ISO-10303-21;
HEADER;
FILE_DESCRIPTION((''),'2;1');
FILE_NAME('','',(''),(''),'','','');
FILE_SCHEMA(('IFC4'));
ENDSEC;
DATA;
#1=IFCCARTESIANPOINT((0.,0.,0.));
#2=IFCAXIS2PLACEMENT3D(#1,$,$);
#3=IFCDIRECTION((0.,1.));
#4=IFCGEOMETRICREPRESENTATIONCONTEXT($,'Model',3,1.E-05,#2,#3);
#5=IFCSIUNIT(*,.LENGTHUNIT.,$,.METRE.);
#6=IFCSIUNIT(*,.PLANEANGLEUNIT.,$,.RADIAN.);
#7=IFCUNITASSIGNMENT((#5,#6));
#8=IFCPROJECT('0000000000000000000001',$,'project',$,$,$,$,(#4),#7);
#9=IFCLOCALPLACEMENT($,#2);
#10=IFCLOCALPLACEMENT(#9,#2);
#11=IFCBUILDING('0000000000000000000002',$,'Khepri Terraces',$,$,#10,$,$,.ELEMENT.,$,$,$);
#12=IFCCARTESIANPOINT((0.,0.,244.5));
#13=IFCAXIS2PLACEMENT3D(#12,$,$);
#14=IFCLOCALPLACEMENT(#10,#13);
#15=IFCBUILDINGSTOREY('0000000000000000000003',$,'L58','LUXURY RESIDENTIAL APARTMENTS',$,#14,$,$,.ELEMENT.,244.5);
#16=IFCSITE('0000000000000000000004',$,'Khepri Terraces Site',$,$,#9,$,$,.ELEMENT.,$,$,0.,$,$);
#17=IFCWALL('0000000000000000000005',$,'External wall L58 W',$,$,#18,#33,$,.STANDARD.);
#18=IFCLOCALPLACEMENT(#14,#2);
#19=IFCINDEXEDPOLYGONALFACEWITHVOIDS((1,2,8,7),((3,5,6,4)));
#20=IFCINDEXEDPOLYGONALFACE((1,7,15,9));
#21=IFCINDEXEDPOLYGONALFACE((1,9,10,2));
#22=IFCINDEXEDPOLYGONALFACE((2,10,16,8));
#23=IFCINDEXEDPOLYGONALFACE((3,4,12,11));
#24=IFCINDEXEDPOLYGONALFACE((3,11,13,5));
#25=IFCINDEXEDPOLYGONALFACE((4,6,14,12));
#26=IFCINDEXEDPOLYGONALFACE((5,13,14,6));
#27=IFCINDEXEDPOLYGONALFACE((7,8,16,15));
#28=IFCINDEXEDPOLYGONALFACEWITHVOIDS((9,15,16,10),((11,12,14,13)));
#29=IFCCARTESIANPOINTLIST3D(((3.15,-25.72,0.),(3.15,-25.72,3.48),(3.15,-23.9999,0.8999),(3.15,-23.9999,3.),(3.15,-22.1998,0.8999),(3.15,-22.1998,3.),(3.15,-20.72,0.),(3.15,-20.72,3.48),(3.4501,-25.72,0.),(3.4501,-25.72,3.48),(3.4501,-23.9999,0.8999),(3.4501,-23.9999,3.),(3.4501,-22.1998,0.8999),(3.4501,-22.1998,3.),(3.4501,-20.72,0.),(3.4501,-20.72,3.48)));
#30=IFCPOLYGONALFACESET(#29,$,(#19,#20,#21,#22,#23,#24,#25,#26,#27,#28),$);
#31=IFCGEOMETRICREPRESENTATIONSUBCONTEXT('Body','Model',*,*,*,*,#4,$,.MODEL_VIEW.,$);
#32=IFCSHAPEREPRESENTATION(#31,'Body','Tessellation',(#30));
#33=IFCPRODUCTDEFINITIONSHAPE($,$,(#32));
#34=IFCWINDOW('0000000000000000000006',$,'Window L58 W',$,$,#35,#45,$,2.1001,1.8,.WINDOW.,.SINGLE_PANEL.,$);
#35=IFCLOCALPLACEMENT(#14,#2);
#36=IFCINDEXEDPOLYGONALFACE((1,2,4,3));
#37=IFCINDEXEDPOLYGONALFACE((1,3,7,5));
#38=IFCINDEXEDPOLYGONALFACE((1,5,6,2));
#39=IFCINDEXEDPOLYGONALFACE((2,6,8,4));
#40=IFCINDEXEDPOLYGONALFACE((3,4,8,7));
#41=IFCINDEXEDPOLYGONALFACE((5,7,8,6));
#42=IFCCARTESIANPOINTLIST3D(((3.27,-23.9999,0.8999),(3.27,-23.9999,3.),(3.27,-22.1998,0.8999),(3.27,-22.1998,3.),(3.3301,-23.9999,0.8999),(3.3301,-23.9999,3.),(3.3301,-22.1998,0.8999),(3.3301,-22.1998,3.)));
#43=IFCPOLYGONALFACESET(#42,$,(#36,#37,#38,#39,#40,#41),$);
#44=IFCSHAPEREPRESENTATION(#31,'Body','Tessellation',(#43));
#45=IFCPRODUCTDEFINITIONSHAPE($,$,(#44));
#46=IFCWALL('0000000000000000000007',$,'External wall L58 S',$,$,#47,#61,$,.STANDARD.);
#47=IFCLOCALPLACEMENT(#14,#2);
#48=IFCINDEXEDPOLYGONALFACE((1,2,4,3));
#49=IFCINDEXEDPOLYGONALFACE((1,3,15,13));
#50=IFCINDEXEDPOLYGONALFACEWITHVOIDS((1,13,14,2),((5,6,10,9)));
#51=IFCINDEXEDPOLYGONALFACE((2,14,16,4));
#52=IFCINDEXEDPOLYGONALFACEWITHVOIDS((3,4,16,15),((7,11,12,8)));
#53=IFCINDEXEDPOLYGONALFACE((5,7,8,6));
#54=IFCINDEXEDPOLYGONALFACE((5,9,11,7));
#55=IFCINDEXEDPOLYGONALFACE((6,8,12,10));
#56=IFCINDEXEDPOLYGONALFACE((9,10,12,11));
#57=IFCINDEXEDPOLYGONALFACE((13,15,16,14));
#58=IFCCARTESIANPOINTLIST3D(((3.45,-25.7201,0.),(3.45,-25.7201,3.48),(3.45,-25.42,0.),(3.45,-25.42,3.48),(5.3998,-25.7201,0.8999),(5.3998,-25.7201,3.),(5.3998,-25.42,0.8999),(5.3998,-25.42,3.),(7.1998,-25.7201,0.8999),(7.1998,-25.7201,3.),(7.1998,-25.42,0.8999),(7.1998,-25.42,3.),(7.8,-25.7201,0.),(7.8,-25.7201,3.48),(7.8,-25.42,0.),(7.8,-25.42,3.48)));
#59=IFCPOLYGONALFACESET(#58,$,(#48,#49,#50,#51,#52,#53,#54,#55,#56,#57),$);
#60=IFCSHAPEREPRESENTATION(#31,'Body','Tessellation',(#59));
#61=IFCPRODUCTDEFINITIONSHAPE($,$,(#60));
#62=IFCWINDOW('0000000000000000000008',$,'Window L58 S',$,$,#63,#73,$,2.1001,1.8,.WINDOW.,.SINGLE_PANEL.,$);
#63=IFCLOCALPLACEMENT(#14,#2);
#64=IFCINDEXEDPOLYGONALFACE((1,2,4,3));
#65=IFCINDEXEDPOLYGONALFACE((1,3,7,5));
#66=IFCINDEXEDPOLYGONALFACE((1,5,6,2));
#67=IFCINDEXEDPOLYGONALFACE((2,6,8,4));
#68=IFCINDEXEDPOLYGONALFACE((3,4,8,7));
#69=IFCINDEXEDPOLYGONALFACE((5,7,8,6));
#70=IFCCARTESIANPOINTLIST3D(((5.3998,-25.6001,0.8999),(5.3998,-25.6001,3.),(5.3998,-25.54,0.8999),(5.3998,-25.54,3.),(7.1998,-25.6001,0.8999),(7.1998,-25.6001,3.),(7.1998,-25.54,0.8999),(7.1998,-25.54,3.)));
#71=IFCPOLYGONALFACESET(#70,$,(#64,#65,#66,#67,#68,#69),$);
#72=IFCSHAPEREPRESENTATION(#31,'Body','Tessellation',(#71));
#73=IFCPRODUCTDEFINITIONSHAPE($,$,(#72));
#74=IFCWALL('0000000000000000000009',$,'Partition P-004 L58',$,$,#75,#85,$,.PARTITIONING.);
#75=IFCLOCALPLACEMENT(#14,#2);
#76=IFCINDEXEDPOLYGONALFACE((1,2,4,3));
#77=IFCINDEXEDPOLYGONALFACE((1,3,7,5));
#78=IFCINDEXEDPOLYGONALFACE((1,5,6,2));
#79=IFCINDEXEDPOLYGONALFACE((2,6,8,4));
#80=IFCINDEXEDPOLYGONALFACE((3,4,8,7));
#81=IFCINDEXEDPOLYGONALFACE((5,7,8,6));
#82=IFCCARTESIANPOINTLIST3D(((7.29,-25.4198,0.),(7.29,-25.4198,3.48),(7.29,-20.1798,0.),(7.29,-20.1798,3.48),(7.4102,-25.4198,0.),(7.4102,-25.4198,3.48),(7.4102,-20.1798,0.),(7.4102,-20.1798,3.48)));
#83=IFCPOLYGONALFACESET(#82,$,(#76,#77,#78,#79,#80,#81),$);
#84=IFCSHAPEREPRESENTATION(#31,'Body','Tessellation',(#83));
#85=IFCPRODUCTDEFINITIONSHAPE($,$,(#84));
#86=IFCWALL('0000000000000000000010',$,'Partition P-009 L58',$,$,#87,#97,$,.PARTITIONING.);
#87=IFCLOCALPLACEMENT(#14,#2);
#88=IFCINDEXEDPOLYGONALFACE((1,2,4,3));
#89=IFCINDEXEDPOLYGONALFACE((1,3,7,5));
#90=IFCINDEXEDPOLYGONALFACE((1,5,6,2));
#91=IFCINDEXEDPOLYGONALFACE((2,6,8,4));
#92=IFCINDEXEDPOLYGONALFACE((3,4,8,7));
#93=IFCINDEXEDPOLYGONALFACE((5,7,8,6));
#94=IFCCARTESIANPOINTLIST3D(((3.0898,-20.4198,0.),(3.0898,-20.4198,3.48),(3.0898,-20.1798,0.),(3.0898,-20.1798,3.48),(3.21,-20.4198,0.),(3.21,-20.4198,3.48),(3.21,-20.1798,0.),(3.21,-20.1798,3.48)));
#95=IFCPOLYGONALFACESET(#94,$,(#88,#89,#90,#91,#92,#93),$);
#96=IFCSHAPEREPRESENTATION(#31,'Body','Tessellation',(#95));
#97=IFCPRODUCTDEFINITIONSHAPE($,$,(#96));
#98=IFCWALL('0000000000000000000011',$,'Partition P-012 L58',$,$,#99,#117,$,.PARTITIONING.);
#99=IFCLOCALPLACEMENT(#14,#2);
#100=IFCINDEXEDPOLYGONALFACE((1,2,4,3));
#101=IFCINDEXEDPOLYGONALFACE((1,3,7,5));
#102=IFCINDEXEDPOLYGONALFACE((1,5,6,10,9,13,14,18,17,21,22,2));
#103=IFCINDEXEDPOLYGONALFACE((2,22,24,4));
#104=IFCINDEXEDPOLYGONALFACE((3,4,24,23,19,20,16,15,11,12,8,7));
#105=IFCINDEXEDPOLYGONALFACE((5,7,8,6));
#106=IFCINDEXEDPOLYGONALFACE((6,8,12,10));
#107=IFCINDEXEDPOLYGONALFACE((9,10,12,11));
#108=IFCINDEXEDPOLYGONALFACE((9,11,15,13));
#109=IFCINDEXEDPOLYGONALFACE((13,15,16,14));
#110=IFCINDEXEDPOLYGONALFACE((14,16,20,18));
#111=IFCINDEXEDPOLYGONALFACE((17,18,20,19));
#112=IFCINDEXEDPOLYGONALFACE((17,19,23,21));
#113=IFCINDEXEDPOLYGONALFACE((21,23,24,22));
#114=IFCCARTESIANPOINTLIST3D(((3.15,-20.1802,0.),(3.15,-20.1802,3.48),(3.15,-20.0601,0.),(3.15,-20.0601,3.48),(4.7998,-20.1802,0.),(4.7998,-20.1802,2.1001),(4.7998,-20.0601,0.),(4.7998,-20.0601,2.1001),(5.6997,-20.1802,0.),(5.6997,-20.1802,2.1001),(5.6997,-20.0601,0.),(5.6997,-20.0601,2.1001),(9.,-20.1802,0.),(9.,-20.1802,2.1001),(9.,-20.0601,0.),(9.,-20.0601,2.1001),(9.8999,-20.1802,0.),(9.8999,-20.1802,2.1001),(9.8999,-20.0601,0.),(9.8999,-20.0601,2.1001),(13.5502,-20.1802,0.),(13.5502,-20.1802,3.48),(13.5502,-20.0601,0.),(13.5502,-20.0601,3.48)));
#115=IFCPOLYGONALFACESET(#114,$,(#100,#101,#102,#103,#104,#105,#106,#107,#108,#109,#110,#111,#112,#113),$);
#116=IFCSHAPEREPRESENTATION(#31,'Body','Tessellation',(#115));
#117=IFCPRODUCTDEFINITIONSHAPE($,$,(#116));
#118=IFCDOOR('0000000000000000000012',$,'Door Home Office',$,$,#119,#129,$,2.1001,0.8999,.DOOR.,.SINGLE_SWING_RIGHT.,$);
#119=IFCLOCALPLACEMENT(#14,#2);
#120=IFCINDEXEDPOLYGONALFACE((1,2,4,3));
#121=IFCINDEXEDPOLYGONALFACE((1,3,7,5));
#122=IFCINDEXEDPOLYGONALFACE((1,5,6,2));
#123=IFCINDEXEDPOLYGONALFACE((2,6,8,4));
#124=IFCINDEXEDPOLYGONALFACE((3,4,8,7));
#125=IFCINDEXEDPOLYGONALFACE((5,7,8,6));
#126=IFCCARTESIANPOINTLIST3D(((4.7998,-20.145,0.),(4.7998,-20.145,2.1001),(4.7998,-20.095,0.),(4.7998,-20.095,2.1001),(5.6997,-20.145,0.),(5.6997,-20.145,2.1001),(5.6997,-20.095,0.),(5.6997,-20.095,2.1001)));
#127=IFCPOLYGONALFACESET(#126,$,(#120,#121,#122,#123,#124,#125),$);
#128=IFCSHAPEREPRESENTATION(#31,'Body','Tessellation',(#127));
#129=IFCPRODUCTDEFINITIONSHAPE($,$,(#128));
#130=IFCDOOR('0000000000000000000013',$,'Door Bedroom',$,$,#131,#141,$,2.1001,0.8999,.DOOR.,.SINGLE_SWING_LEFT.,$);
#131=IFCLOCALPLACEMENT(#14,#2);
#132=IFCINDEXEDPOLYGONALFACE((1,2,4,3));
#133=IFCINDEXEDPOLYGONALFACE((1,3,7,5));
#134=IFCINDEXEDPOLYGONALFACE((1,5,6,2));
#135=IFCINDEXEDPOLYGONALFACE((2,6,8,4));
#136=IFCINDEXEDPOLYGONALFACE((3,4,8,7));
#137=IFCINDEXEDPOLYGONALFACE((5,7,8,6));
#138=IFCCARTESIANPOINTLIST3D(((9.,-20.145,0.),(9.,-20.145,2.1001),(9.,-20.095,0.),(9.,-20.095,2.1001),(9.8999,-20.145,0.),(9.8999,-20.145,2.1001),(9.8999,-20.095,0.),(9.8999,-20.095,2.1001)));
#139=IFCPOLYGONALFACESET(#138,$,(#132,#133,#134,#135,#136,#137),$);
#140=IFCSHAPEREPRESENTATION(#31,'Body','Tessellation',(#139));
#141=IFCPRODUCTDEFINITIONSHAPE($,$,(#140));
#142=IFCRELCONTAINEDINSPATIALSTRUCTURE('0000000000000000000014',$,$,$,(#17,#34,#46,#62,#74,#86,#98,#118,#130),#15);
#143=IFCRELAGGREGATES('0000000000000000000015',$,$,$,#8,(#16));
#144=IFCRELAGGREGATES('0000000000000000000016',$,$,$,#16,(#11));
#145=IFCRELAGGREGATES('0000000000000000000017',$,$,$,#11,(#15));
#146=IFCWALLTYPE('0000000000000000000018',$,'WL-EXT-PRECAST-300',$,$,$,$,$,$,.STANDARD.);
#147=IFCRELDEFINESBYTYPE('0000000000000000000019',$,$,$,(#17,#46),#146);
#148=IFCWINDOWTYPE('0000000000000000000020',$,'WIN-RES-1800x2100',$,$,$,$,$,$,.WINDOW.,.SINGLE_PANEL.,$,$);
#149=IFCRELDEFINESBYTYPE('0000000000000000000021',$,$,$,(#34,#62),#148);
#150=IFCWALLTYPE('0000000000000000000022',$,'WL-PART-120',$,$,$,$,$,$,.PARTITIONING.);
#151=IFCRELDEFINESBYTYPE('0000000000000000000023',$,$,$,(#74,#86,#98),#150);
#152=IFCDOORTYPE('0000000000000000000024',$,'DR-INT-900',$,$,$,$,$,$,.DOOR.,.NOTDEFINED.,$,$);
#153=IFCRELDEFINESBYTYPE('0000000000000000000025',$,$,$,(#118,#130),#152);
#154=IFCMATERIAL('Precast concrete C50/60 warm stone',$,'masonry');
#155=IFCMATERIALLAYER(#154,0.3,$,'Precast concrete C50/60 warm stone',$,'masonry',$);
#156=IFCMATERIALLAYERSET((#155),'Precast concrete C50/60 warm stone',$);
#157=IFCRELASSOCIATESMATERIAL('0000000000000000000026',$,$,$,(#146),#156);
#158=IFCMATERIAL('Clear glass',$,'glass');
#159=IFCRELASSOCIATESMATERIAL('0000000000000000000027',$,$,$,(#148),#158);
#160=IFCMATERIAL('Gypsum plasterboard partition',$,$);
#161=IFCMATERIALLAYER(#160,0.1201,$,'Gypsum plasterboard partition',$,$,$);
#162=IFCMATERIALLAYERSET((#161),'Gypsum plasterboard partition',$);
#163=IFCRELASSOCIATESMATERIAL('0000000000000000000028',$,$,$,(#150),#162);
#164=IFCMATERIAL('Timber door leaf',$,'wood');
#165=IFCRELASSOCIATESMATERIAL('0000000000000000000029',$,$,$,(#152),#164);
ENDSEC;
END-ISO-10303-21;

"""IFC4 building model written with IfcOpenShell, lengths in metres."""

from ifc_helpers import new_model, si_unit, direction, frame, frame_2d, origin, place, context, subcontext, project, spatial, rectangle, extrude, material, layer, layer_set, type_object, element, fill, save


model = new_model("IFC4")

# Units and contexts
model_context = context("Model", 3, precision=1e-05, world=origin(), true_north=direction((0.0, 1.0)))
body_context = subcontext(model_context, "Body", "Model", "MODEL_VIEW")
ifc_project = project(units=[si_unit("LENGTHUNIT", "METRE"), si_unit("PLANEANGLEUNIT", "RADIAN")], contexts=[model_context])

# Site, building, storey
site_placement = place(None, origin())
site = spatial("IfcSite", under=ifc_project, at=site_placement, Name="Khepri Terraces Site", CompositionType="ELEMENT", RefElevation=0.0)
building_placement = place(site_placement, origin())
building = spatial("IfcBuilding", under=site, at=building_placement, Name="Khepri Terraces", CompositionType="ELEMENT")
storey_placement = place(building_placement, frame((0.0, 0.0, 244.5)))
storey = spatial("IfcBuildingStorey", under=building, at=storey_placement, Name="L58", Description="LUXURY RESIDENTIAL APARTMENTS", CompositionType="ELEMENT", Elevation=244.5)

# Walls, openings, windows
ifc_material_1 = material(Name="Precast concrete C50/60 warm stone", Category="masonry")
ifc_layer_1 = layer(ifc_material_1, 0.3, Name="Precast concrete C50/60 warm stone", Category="masonry")
ifc_layer_set_1 = layer_set([ifc_layer_1], Name="Precast concrete C50/60 warm stone")
wall_type_1 = type_object("IfcWallType", Name="WL-EXT-PRECAST-300", PredefinedType="STANDARD", material=ifc_layer_set_1)
wall_1_placement = place(storey_placement, frame((3.3, -20.72, 0.0), z_axis=(0.0, 0.0, 1.0), x_axis=(0.0, -1.0, 0.0)))
wall_1 = element("IfcWall", 1, at=wall_1_placement, inside=storey, type_object=wall_type_1, Name="External wall L58 W", PredefinedType="STANDARD", context=body_context, shape_type="SweptSolid", body=[
    extrude(rectangle(XDim=5.0, YDim=0.3, at=frame_2d((2.5, 0.0))), origin(), (0.0, 0.0, 1.0), 3.48),
])
opening_1_placement = place(wall_1_placement, frame((1.48, 0.0, 0.8999)))
opening_1 = element("IfcOpeningElement", 2, at=opening_1_placement, cuts=wall_1, PredefinedType="OPENING", context=body_context, shape_type="SweptSolid", body=[
    extrude(rectangle(XDim=1.8, YDim=2.1001, at=frame_2d((0.8999, 1.05))), frame((0.0, 0.1602, 0.0), z_axis=(0.0, -1.0, 0.0), x_axis=(1.0, 0.0, 0.0)), (0.0, 0.0, 1.0), 0.3201),
])
ifc_material_2 = material(Name="Clear glass", Category="glass")
window_type = type_object("IfcWindowType", Name="WIN-RES-1800x2100", PartitioningType="SINGLE_PANEL", PredefinedType="WINDOW", material=ifc_material_2)
window_1_placement = place(opening_1_placement, origin())
window_1 = element("IfcWindow", 3, at=window_1_placement, inside=storey, type_object=window_type, Name="Window L58 W", OverallHeight=2.1001, OverallWidth=1.8, PartitioningType="SINGLE_PANEL", PredefinedType="WINDOW", context=body_context, shape_type="SweptSolid", body=[
    extrude(rectangle(XDim=1.8, YDim=2.1001, at=frame_2d((0.8999, 1.05))), frame((0.0, 0.03, 0.0), z_axis=(0.0, -1.0, 0.0), x_axis=(1.0, 0.0, 0.0)), (0.0, 0.0, 1.0), 0.0601),
])
fill(opening_1, window_1)
wall_2_placement = place(storey_placement, frame((3.45, -25.5701, 0.0), z_axis=(0.0, 0.0, 1.0), x_axis=(1.0, 0.0, 0.0)))
wall_2 = element("IfcWall", 4, at=wall_2_placement, inside=storey, type_object=wall_type_1, Name="External wall L58 S", PredefinedType="STANDARD", context=body_context, shape_type="SweptSolid", body=[
    extrude(rectangle(XDim=4.3501, YDim=0.3, at=frame_2d((2.175, 0.0))), origin(), (0.0, 0.0, 1.0), 3.48),
])
opening_2_placement = place(wall_2_placement, frame((1.95, 0.0, 0.8999)))
opening_2 = element("IfcOpeningElement", 5, at=opening_2_placement, cuts=wall_2, PredefinedType="OPENING", context=body_context, shape_type="SweptSolid", body=[
    extrude(rectangle(XDim=1.8, YDim=2.1001, at=frame_2d((0.8999, 1.05))), frame((0.0, 0.1602, 0.0), z_axis=(0.0, -1.0, 0.0), x_axis=(1.0, 0.0, 0.0)), (0.0, 0.0, 1.0), 0.3201),
])
window_2_placement = place(opening_2_placement, origin())
window_2 = element("IfcWindow", 6, at=window_2_placement, inside=storey, type_object=window_type, Name="Window L58 S", OverallHeight=2.1001, OverallWidth=1.8, PartitioningType="SINGLE_PANEL", PredefinedType="WINDOW", context=body_context, shape_type="SweptSolid", body=[
    extrude(rectangle(XDim=1.8, YDim=2.1001, at=frame_2d((0.8999, 1.05))), frame((0.0, 0.03, 0.0), z_axis=(0.0, -1.0, 0.0), x_axis=(1.0, 0.0, 0.0)), (0.0, 0.0, 1.0), 0.0601),
])
fill(opening_2, window_2)

# Walls
ifc_material_3 = material(Name="Gypsum plasterboard partition")
ifc_layer_2 = layer(ifc_material_3, 0.1201, Name="Gypsum plasterboard partition")
ifc_layer_set_2 = layer_set([ifc_layer_2], Name="Gypsum plasterboard partition")
wall_type_2 = type_object("IfcWallType", Name="WL-PART-120", PredefinedType="PARTITIONING", material=ifc_layer_set_2)
wall_3_placement = place(storey_placement, frame((7.3501, -25.4199, 0.0), z_axis=(0.0, 0.0, 1.0), x_axis=(0.0, 1.0, 0.0)))
element("IfcWall", 7, at=wall_3_placement, inside=storey, type_object=wall_type_2, Name="Partition P-004 L58", PredefinedType="PARTITIONING", context=body_context, shape_type="SweptSolid", body=[
    extrude(rectangle(XDim=5.24, YDim=0.1201, at=frame_2d((2.6201, 0.0))), origin(), (0.0, 0.0, 1.0), 3.48),
])
wall_4_placement = place(storey_placement, frame((3.1499, -20.4199, 0.0), z_axis=(0.0, 0.0, 1.0), x_axis=(0.0, 1.0, 0.0)))
element("IfcWall", 8, at=wall_4_placement, inside=storey, type_object=wall_type_2, Name="Partition P-009 L58", PredefinedType="PARTITIONING", context=body_context, shape_type="SweptSolid", body=[
    extrude(rectangle(XDim=0.24, YDim=0.1201, at=frame_2d((0.1201, 0.0))), origin(), (0.0, 0.0, 1.0), 3.48),
])

# Wall, openings, doors
wall_5_placement = place(storey_placement, frame((3.1499, -20.1201, 0.0), z_axis=(0.0, 0.0, 1.0), x_axis=(1.0, 0.0, 0.0)))
wall_5 = element("IfcWall", 9, at=wall_5_placement, inside=storey, type_object=wall_type_2, Name="Partition P-012 L58", PredefinedType="PARTITIONING", context=body_context, shape_type="SweptSolid", body=[
    extrude(rectangle(XDim=10.4001, YDim=0.1201, at=frame_2d((5.2002, 0.0))), origin(), (0.0, 0.0, 1.0), 3.48),
])
opening_3_placement = place(wall_5_placement, frame((1.6499, 0.0, 0.0)))
opening_3 = element("IfcOpeningElement", 10, at=opening_3_placement, cuts=wall_5, PredefinedType="OPENING", context=body_context, shape_type="SweptSolid", body=[
    extrude(rectangle(XDim=0.8999, YDim=2.1001, at=frame_2d((0.45, 1.05))), frame((0.0, 0.0701, 0.0), z_axis=(0.0, -1.0, 0.0), x_axis=(1.0, 0.0, 0.0)), (0.0, 0.0, 1.0), 0.1401),
])
opening_4_placement = place(wall_5_placement, frame((5.8501, 0.0, 0.0)))
opening_4 = element("IfcOpeningElement", 11, at=opening_4_placement, cuts=wall_5, PredefinedType="OPENING", context=body_context, shape_type="SweptSolid", body=[
    extrude(rectangle(XDim=0.8999, YDim=2.1001, at=frame_2d((0.45, 1.05))), frame((0.0, 0.0701, 0.0), z_axis=(0.0, -1.0, 0.0), x_axis=(1.0, 0.0, 0.0)), (0.0, 0.0, 1.0), 0.1401),
])
ifc_material_4 = material(Name="Timber door leaf", Category="wood")
door_type = type_object("IfcDoorType", Name="DR-INT-900", OperationType="NOTDEFINED", PredefinedType="DOOR", material=ifc_material_4)
door_1_placement = place(opening_3_placement, frame((0.8999, 0.0, 0.0), z_axis=(0.0, 0.0, 1.0), x_axis=(-1.0, 0.0, 0.0)))
door_1 = element("IfcDoor", 12, at=door_1_placement, inside=storey, type_object=door_type, Name="Door Home Office", OperationType="SINGLE_SWING_RIGHT", OverallHeight=2.1001, OverallWidth=0.8999, PredefinedType="DOOR", context=body_context, shape_type="SweptSolid", body=[
    extrude(rectangle(XDim=0.8999, YDim=2.1001, at=frame_2d((0.45, 1.05))), frame((0.0, 0.0249, 0.0), z_axis=(0.0, -1.0, 0.0), x_axis=(1.0, 0.0, 0.0)), (0.0, 0.0, 1.0), 0.05),
])
fill(opening_3, door_1)
door_2_placement = place(opening_4_placement, frame((0.8999, 0.0, 0.0), z_axis=(0.0, 0.0, 1.0), x_axis=(-1.0, 0.0, 0.0)))
door_2 = element("IfcDoor", 13, at=door_2_placement, inside=storey, type_object=door_type, Name="Door Bedroom", OperationType="SINGLE_SWING_LEFT", OverallHeight=2.1001, OverallWidth=0.8999, PredefinedType="DOOR", context=body_context, shape_type="SweptSolid", body=[
    extrude(rectangle(XDim=0.8999, YDim=2.1001, at=frame_2d((0.45, 1.05))), frame((0.0, 0.0249, 0.0), z_axis=(0.0, -1.0, 0.0), x_axis=(1.0, 0.0, 0.0)), (0.0, 0.0, 1.0), 0.05),
])
fill(opening_4, door_2)

save(model, "model.ifc")
